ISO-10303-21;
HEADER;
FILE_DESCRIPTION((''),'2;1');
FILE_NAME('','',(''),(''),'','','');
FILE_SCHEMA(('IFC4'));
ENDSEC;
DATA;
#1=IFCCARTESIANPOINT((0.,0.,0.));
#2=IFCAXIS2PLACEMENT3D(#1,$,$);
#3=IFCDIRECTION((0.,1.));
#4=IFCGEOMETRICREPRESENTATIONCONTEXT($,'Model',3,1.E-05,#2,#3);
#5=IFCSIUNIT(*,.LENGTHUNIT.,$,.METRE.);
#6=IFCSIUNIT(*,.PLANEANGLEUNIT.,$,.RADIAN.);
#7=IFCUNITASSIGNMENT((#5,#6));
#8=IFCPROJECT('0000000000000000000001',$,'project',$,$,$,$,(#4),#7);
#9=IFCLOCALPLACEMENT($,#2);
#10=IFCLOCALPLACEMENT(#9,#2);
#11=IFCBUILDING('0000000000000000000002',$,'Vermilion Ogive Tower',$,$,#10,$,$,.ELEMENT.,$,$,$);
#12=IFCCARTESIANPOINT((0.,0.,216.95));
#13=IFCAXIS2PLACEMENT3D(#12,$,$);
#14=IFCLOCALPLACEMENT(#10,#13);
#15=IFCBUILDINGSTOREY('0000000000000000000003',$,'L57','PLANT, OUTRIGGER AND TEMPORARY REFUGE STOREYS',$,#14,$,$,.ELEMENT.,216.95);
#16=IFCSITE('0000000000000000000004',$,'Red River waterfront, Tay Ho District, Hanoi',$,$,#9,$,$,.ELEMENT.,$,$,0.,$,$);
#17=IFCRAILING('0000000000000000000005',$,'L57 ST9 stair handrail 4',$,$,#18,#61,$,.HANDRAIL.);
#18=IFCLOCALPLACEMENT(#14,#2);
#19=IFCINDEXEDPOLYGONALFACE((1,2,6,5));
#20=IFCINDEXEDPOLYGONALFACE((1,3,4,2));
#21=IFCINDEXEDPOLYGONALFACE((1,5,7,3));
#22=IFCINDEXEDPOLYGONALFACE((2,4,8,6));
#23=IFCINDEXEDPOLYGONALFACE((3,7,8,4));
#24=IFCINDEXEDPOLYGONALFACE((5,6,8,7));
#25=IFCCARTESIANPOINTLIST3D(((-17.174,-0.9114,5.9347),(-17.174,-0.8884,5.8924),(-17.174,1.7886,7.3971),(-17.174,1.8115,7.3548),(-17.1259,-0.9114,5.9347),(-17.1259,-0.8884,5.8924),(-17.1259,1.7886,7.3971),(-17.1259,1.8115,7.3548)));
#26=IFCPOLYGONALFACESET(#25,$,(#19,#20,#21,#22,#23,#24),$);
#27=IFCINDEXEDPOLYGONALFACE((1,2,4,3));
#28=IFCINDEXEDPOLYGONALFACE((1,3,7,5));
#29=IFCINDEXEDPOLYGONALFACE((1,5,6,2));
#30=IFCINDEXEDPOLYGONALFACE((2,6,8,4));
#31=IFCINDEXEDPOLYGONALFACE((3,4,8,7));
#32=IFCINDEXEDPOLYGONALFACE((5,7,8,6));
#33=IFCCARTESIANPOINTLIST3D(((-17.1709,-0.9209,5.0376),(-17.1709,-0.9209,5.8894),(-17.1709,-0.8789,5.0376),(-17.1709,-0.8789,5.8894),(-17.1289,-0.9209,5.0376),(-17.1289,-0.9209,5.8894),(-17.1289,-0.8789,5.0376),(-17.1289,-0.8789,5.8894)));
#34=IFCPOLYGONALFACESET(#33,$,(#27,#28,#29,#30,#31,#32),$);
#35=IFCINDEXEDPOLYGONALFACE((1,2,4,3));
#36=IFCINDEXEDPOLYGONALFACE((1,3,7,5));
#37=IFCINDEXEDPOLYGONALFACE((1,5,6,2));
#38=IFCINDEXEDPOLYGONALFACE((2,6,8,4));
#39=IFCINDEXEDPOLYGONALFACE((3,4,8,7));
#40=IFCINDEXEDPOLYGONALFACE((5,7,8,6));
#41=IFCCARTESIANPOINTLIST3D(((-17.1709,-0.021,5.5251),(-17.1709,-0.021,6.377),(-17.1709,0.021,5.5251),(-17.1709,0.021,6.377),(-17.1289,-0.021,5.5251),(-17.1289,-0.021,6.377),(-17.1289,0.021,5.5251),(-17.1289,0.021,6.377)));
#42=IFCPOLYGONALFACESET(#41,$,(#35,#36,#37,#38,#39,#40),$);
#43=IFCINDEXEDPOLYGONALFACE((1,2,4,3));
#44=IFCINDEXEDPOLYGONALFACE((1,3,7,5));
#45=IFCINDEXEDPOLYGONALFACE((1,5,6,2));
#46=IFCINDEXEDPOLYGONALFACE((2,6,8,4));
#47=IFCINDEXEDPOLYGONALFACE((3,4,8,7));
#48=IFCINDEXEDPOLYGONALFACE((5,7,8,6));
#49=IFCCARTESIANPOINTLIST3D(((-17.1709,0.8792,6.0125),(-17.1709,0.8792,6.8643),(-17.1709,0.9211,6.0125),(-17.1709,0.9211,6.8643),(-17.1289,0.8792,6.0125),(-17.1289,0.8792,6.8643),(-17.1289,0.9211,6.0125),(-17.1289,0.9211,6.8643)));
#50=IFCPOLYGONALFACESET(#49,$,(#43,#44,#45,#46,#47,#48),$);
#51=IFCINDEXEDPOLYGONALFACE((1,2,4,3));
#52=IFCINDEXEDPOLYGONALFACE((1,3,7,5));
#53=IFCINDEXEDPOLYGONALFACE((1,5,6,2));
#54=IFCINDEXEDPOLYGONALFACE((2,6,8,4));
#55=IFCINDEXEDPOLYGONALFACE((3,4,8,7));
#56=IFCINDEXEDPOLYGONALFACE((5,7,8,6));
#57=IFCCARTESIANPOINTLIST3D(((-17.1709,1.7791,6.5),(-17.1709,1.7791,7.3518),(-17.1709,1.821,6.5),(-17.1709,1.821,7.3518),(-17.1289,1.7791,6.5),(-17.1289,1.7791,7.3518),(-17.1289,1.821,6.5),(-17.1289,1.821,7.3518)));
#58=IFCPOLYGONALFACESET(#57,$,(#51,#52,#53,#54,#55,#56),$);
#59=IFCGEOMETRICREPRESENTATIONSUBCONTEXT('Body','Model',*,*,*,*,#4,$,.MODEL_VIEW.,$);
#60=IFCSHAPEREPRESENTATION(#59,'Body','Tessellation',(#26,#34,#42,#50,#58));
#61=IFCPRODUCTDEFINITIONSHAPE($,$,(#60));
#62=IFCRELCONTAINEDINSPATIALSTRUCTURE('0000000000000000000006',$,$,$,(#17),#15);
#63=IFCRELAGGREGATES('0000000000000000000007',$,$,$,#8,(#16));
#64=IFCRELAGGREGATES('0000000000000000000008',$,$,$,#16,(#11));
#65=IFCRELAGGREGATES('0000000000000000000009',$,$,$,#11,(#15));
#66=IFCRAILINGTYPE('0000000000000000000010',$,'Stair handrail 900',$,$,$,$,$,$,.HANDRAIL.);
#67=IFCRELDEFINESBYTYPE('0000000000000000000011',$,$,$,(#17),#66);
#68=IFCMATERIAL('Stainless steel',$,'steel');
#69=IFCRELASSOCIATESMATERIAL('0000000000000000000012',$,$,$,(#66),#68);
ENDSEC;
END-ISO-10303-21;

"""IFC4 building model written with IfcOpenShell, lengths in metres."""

from ifc_helpers import new_model, si_unit, direction, frame, origin, origin_2d, place, context, subcontext, project, spatial, rectangle, extrude, material, type_object, element, save


model = new_model("IFC4")

# Units and contexts
model_context = context("Model", 3, precision=1e-05, world=origin(), true_north=direction((0.0, 1.0)))
body_context = subcontext(model_context, "Body", "Model", "MODEL_VIEW")
ifc_project = project(units=[si_unit("LENGTHUNIT", "METRE"), si_unit("PLANEANGLEUNIT", "RADIAN")], contexts=[model_context])

# Site, building, storey
site_placement = place(None, origin())
site = spatial("IfcSite", under=ifc_project, at=site_placement, Name="Red River waterfront, Tay Ho District, Hanoi", CompositionType="ELEMENT", RefElevation=0.0)
building_placement = place(site_placement, origin())
building = spatial("IfcBuilding", under=site, at=building_placement, Name="Vermilion Ogive Tower", CompositionType="ELEMENT")
storey_placement = place(building_placement, frame((0.0, 0.0, 216.95)))
storey = spatial("IfcBuildingStorey", under=building, at=storey_placement, Name="L57", Description="PLANT, OUTRIGGER AND TEMPORARY REFUGE STOREYS", CompositionType="ELEMENT", Elevation=216.95)

# Railing
ifc_material_1 = material(Name="Stainless steel", Category="steel")
railing_type_1 = type_object("IfcRailingType", Name="Stair handrail 900", PredefinedType="HANDRAIL", material=ifc_material_1)
railing_1_placement = place(storey_placement, frame((-17.1499, -0.8999, 5.0376)))
element("IfcRailing", 1, at=railing_1_placement, inside=storey, type_object=railing_type_1, Name="L57 ST9 stair handrail 4", PredefinedType="HANDRAIL", context=body_context, shape_type="SweptSolid", body=[
    extrude(rectangle(XDim=0.0481, YDim=0.0481, at=origin_2d()), frame((0.0, 0.0, 0.876), z_axis=(0.0, 0.879302, 0.476265), x_axis=(-1.0, 0.0, 0.0)), (0.0, 0.0, 1.0), 3.0706),
    extrude(rectangle(XDim=0.042, YDim=0.042, at=origin_2d()), origin(), (0.0, 0.0, 1.0), 0.8518),
    extrude(rectangle(XDim=0.042, YDim=0.042, at=origin_2d()), frame((0.0, 0.8999, 0.4875)), (0.0, 0.0, 1.0), 0.8518),
    extrude(rectangle(XDim=0.042, YDim=0.042, at=origin_2d()), frame((0.0, 1.8, 0.9749)), (0.0, 0.0, 1.0), 0.8518),
    extrude(rectangle(XDim=0.042, YDim=0.042, at=origin_2d()), frame((0.0, 2.7, 1.4624)), (0.0, 0.0, 1.0), 0.8518),
])

save(model, "model.ifc")
